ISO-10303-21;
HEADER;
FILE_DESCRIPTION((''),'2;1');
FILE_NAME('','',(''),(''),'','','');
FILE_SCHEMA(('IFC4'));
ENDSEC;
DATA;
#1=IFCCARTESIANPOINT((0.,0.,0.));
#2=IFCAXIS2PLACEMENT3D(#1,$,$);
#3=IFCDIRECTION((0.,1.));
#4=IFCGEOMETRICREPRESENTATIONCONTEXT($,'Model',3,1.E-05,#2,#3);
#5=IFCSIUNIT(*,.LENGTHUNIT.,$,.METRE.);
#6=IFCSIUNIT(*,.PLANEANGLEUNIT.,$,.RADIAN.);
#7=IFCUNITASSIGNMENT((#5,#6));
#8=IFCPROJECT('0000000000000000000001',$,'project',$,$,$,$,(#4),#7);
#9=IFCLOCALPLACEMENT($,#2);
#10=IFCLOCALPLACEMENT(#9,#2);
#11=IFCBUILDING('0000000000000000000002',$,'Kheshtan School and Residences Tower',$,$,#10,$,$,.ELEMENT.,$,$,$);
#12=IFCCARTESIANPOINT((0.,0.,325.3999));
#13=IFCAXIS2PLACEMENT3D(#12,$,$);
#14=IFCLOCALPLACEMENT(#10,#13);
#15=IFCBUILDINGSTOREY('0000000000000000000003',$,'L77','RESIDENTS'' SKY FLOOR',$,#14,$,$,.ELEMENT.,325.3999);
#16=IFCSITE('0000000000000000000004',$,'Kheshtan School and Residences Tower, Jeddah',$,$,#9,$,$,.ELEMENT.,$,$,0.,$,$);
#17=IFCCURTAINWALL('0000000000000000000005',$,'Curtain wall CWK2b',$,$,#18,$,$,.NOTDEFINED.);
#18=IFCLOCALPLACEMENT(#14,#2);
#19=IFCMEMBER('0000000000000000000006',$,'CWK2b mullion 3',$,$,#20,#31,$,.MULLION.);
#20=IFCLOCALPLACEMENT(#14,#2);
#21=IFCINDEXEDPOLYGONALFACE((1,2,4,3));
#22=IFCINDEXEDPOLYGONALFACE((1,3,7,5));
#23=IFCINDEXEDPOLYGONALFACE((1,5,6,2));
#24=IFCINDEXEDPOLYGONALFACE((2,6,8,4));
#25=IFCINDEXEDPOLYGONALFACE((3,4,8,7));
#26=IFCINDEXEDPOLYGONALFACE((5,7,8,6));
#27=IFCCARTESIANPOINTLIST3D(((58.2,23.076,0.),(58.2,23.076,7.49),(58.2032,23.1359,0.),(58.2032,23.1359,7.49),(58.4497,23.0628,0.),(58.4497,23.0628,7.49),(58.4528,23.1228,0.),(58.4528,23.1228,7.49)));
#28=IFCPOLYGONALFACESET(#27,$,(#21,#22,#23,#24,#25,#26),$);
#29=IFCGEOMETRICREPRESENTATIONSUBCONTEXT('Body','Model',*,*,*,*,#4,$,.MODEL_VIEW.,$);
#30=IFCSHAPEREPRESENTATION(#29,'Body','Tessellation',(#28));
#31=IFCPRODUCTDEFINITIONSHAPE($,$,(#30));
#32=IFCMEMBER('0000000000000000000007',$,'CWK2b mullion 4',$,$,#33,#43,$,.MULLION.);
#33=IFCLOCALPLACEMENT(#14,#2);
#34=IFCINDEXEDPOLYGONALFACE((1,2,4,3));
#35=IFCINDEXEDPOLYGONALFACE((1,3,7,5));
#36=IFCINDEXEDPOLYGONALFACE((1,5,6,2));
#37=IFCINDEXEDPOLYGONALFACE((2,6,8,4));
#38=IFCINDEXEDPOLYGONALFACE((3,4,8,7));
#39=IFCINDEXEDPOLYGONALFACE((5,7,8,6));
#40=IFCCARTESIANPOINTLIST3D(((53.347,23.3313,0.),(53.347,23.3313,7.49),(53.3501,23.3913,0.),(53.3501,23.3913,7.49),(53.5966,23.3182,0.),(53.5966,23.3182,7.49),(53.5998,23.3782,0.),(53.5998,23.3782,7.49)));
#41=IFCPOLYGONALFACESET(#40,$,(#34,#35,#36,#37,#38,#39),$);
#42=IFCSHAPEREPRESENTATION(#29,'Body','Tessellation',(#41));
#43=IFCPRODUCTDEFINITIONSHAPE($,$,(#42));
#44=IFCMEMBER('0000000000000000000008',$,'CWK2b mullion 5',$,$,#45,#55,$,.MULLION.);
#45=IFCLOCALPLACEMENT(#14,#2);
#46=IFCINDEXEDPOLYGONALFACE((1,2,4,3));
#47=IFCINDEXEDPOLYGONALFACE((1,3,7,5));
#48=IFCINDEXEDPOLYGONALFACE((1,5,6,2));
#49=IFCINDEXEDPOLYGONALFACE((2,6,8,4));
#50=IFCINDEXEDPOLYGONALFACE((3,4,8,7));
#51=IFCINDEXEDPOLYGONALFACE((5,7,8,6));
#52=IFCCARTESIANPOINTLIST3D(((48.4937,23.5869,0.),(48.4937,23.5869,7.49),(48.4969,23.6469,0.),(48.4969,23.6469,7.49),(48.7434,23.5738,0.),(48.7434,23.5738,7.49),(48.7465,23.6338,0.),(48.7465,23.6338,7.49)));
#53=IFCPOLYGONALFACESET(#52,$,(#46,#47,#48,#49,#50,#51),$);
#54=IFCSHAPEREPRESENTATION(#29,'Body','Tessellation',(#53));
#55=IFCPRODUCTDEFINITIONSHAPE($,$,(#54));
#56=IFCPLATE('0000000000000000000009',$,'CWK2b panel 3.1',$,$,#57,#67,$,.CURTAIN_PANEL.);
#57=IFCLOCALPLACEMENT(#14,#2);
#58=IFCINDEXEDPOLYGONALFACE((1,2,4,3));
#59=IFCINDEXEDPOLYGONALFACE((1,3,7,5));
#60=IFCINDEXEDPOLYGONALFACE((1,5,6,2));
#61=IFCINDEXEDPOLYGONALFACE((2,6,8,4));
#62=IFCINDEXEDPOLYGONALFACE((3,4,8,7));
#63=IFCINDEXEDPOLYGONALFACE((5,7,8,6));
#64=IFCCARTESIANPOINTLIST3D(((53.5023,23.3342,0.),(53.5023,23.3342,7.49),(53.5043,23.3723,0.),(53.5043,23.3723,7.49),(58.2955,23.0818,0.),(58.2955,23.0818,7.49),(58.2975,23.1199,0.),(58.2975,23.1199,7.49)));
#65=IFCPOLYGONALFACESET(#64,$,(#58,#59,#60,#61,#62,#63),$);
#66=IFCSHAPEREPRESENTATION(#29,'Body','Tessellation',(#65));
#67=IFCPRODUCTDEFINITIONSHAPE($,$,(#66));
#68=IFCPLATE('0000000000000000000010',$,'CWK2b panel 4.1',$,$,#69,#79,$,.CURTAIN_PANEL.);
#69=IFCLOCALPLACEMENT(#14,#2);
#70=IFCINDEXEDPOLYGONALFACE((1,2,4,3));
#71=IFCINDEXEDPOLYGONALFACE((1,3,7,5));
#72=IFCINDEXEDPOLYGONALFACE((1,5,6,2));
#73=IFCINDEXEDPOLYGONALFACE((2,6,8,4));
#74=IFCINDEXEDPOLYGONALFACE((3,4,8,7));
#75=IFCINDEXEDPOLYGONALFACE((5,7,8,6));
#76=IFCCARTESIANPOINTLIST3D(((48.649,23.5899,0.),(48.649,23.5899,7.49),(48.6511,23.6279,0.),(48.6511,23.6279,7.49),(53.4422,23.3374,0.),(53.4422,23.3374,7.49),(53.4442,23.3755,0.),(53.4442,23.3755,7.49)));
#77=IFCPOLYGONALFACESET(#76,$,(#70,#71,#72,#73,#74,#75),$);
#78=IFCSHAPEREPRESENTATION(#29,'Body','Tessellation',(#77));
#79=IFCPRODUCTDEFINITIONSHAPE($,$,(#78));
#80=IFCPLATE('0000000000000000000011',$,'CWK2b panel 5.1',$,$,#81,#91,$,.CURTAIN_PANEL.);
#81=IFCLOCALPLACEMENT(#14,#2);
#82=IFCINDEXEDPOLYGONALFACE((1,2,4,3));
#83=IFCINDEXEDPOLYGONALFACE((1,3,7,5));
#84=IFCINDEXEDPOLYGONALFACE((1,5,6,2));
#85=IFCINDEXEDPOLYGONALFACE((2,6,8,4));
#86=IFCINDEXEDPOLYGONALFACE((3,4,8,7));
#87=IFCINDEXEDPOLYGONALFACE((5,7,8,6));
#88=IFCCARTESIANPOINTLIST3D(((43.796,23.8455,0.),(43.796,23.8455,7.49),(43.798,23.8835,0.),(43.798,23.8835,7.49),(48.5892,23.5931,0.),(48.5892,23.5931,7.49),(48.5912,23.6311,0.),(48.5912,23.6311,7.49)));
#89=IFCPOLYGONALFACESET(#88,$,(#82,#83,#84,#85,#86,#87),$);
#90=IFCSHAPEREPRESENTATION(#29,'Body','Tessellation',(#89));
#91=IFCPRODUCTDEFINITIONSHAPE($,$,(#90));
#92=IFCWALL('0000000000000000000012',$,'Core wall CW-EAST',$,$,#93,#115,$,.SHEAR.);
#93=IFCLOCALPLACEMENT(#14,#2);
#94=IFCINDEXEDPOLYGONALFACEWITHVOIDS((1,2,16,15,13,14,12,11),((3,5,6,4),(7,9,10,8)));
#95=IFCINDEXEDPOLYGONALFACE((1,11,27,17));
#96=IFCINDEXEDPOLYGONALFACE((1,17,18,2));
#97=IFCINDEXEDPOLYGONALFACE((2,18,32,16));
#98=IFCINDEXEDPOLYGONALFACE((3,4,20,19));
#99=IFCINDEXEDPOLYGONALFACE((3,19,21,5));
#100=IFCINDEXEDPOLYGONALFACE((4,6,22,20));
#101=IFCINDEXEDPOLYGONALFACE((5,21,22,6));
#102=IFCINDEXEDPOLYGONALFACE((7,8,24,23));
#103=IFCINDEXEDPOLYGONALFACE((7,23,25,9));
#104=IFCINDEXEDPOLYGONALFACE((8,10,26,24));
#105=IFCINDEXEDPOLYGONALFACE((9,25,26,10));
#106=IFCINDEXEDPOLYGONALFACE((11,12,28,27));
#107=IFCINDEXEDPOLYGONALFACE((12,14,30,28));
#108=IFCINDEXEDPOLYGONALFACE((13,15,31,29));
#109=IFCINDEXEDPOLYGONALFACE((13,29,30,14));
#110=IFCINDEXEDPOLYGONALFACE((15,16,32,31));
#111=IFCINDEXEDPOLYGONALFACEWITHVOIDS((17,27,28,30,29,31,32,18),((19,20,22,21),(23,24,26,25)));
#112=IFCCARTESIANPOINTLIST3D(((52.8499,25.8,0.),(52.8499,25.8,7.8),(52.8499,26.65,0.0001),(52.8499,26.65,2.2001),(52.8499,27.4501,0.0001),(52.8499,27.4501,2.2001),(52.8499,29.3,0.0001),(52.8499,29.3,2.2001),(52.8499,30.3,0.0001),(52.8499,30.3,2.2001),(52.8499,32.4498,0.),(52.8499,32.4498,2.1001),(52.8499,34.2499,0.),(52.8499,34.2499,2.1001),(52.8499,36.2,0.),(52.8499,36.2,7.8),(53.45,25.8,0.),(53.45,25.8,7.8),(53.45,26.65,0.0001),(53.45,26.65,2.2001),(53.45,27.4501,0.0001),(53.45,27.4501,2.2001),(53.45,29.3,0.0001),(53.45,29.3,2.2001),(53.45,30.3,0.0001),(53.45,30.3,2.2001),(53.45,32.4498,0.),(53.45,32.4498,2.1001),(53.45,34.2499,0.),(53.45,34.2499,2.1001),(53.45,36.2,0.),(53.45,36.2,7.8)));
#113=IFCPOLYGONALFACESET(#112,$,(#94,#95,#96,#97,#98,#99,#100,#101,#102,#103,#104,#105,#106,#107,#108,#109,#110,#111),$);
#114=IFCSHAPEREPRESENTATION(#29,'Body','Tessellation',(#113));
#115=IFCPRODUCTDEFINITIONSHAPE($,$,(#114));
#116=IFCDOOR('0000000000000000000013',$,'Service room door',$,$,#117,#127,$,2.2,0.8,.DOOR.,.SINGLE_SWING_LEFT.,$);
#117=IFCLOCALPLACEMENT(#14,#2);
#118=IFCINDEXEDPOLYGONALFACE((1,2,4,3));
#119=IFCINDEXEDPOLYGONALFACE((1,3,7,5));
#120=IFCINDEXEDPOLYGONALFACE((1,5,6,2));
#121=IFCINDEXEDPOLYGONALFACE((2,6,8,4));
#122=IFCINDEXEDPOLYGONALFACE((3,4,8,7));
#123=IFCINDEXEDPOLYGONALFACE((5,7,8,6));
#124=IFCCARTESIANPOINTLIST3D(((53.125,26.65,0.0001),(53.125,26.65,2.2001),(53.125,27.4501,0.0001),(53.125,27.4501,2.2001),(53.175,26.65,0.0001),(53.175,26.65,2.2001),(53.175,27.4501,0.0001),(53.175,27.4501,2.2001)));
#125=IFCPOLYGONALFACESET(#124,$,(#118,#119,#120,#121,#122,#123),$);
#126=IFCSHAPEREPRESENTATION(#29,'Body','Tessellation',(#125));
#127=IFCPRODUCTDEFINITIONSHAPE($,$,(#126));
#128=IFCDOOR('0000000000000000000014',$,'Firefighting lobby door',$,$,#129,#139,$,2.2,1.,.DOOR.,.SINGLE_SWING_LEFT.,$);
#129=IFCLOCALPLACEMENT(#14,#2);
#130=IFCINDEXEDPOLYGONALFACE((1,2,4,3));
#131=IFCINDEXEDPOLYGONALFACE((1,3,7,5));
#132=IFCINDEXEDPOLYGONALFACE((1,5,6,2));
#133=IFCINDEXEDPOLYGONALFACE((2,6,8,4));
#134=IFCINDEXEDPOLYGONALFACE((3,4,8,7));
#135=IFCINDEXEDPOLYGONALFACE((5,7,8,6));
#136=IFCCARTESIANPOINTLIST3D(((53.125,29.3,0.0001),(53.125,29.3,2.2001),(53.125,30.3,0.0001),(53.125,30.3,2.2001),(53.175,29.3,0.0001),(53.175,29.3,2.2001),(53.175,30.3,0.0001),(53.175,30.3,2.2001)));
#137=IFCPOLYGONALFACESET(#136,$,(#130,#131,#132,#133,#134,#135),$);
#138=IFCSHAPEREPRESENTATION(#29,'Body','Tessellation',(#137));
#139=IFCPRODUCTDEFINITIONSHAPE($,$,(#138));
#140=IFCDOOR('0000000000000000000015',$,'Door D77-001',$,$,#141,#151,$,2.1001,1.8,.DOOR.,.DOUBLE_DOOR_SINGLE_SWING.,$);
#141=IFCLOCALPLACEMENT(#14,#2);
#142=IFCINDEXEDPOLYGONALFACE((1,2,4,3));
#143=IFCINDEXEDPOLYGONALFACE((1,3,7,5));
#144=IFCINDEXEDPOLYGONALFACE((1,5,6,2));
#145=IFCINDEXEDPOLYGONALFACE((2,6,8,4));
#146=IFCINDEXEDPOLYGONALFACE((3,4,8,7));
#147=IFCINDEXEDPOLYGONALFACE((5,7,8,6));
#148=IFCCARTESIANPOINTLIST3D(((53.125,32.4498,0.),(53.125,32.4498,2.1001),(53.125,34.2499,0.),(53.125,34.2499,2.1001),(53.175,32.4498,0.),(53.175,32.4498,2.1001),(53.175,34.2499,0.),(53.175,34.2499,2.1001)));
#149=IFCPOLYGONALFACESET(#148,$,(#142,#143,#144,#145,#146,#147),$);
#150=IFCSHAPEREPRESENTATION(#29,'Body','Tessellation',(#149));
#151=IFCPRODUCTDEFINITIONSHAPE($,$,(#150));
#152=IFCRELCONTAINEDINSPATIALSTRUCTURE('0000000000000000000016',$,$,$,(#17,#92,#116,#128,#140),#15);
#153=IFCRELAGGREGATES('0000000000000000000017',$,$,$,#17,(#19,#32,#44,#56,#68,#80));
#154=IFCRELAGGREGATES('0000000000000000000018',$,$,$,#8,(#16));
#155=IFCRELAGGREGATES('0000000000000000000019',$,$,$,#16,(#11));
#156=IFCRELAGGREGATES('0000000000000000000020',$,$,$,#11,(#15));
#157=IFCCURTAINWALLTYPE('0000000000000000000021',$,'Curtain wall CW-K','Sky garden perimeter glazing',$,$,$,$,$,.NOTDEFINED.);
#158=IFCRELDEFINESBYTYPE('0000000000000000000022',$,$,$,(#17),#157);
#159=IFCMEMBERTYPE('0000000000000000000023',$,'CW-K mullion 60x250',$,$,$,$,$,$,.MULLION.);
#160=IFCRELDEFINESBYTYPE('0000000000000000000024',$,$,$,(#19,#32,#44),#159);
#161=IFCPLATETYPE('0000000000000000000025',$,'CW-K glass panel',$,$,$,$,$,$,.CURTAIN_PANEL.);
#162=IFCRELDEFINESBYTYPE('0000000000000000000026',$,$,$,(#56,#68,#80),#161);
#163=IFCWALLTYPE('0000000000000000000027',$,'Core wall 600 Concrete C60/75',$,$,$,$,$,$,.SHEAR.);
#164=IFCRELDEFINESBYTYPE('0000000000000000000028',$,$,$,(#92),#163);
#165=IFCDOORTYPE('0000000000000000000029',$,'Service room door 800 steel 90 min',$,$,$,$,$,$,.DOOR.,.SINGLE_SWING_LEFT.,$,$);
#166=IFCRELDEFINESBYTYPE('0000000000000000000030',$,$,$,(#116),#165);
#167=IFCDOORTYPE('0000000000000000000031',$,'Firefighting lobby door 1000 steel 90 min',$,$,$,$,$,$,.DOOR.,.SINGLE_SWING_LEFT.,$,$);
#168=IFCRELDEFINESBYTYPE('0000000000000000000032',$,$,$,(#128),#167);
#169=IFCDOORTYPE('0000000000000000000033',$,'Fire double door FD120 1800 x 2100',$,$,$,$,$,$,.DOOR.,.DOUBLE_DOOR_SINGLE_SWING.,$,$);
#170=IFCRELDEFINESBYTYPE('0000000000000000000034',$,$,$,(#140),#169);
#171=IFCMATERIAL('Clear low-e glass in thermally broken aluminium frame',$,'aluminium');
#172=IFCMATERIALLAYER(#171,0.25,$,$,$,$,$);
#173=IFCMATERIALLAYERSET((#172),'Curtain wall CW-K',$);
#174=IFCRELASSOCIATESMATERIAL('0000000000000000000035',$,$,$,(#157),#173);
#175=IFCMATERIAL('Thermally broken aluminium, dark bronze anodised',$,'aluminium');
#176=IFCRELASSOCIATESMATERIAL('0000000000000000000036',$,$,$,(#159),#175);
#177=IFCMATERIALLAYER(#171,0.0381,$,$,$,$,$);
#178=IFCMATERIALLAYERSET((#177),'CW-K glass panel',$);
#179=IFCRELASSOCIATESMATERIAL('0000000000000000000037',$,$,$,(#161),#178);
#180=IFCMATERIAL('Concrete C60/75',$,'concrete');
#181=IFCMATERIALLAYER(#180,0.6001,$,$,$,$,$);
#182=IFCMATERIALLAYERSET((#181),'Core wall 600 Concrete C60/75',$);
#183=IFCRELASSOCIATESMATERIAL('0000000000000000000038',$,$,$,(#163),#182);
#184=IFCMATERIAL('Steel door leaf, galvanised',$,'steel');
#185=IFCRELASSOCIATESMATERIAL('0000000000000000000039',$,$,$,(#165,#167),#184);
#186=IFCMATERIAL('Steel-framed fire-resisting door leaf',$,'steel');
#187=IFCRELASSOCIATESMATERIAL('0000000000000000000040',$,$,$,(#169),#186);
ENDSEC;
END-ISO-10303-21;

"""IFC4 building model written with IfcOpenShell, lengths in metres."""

from ifc_helpers import new_model, si_unit, direction, frame, frame_2d, origin, origin_2d, place, context, subcontext, project, spatial, rectangle, extrude, source, transform, mapped, material, layer, layer_set, material_profile, profile_set, type_object, element, fill, aggregate, save


model = new_model("IFC4")

# Units and contexts
model_context = context("Model", 3, precision=1e-05, world=origin(), true_north=direction((0.0, 1.0)))
body_context = subcontext(model_context, "Body", "Model", "MODEL_VIEW")
ifc_project = project(units=[si_unit("LENGTHUNIT", "METRE"), si_unit("PLANEANGLEUNIT", "RADIAN")], contexts=[model_context])

# Site, building, storey
site_placement = place(None, origin())
site = spatial("IfcSite", under=ifc_project, at=site_placement, Name="Kheshtan School and Residences Tower, Jeddah", CompositionType="ELEMENT", RefElevation=0.0)
building_placement = place(site_placement, origin())
building = spatial("IfcBuilding", under=site, at=building_placement, Name="Kheshtan School and Residences Tower", CompositionType="ELEMENT")
storey_placement = place(building_placement, frame((0.0, 0.0, 325.3999)))
storey = spatial("IfcBuildingStorey", under=building, at=storey_placement, Name="L77", Description="RESIDENTS' SKY FLOOR", CompositionType="ELEMENT", Elevation=325.3999)

# Curtain wall, members, plates
ifc_material_1 = material(Name="Clear low-e glass in thermally broken aluminium frame", Category="aluminium")
ifc_layer_1 = layer(ifc_material_1, 0.25)
ifc_layer_set_1 = layer_set([ifc_layer_1], Name="Curtain wall CW-K")
curtain_wall_type = type_object("IfcCurtainWallType", Name="Curtain wall CW-K", Description="Sky garden perimeter glazing", PredefinedType="NOTDEFINED", material=ifc_layer_set_1)
curtain_wall_placement = place(storey_placement, origin())
curtain_wall = element("IfcCurtainWall", 1, at=curtain_wall_placement, inside=storey, type_object=curtain_wall_type, Name="Curtain wall CWK2b", PredefinedType="NOTDEFINED")
ifc_material_2 = material(Name="Thermally broken aluminium, dark bronze anodised", Category="aluminium")
ifc_material_profile_1 = material_profile(ifc_material_2, rectangle(XDim=0.0601, YDim=0.25, at=origin_2d()), Name="CW-K mullion 60x250")
ifc_profile_set_1 = profile_set([ifc_material_profile_1], Name="Thermally broken aluminium, dark bronze anodised")
member_type = type_object("IfcMemberType", Name="CW-K mullion 60x250", PredefinedType="MULLION", material=ifc_profile_set_1)
member_1_placement = place(storey_placement, frame((58.3264, 23.0994, 0.0), z_axis=(0.0, 0.0, 1.0), x_axis=(-0.052588, -0.998616, 0.0)))
member_1 = element("IfcMember", 2, at=member_1_placement, type_object=member_type, Name="CWK2b mullion 3", PredefinedType="MULLION", context=body_context, shape_type="SweptSolid", body=[
    extrude(rectangle(XDim=0.0601, YDim=0.25, at=origin_2d()), origin(), (0.0, 0.0, 1.0), 7.49),
])
member_2_placement = place(storey_placement, frame((53.4734, 23.3547, 0.0), z_axis=(0.0, 0.0, 1.0), x_axis=(-0.052588, -0.998616, 0.0)))
member_2 = element("IfcMember", 3, at=member_2_placement, type_object=member_type, Name="CWK2b mullion 4", PredefinedType="MULLION", context=body_context, shape_type="SweptSolid", body=[
    extrude(rectangle(XDim=0.0601, YDim=0.25, at=origin_2d()), origin(), (0.0, 0.0, 1.0), 7.49),
])
member_3_placement = place(storey_placement, frame((48.6201, 23.6104, 0.0), z_axis=(0.0, 0.0, 1.0), x_axis=(-0.052588, -0.998616, 0.0)))
member_3 = element("IfcMember", 4, at=member_3_placement, type_object=member_type, Name="CWK2b mullion 5", PredefinedType="MULLION", context=body_context, shape_type="SweptSolid", body=[
    extrude(rectangle(XDim=0.0601, YDim=0.25, at=origin_2d()), origin(), (0.0, 0.0, 1.0), 7.49),
])
ifc_layer_2 = layer(ifc_material_1, 0.0381)
ifc_layer_set_2 = layer_set([ifc_layer_2], Name="CW-K glass panel")
plate_type = type_object("IfcPlateType", Name="CW-K glass panel", PredefinedType="CURTAIN_PANEL", material=ifc_layer_set_2)
plate_1_placement = place(storey_placement, frame((55.8999, 23.2271, 0.0), z_axis=(0.0, 0.0, 1.0), x_axis=(-0.998616, 0.052588, 0.0)))
plate_1 = element("IfcPlate", 5, at=plate_1_placement, type_object=plate_type, Name="CWK2b panel 3.1", PredefinedType="CURTAIN_PANEL", context=body_context, shape_type="SweptSolid", body=[
    extrude(rectangle(XDim=4.7998, YDim=0.0381, at=origin_2d()), origin(), (0.0, 0.0, 1.0), 7.49),
])
plate_2_placement = place(storey_placement, frame((51.0466, 23.4827, 0.0), z_axis=(0.0, 0.0, 1.0), x_axis=(-0.998616, 0.052588, 0.0)))
plate_2 = element("IfcPlate", 6, at=plate_2_placement, type_object=plate_type, Name="CWK2b panel 4.1", PredefinedType="CURTAIN_PANEL", context=body_context, shape_type="SweptSolid", body=[
    extrude(rectangle(XDim=4.7998, YDim=0.0381, at=origin_2d()), origin(), (0.0, 0.0, 1.0), 7.49),
])
plate_3_placement = place(storey_placement, frame((46.1936, 23.7383, 0.0), z_axis=(0.0, 0.0, 1.0), x_axis=(-0.998616, 0.052588, 0.0)))
plate_3 = element("IfcPlate", 7, at=plate_3_placement, type_object=plate_type, Name="CWK2b panel 5.1", PredefinedType="CURTAIN_PANEL", context=body_context, shape_type="SweptSolid", body=[
    extrude(rectangle(XDim=4.7998, YDim=0.0381, at=origin_2d()), origin(), (0.0, 0.0, 1.0), 7.49),
])
aggregate(curtain_wall, [member_1, member_2, member_3, plate_1, plate_2, plate_3])

# Wall, openings, doors
ifc_material_3 = material(Name="Concrete C60/75", Category="concrete")
ifc_layer_3 = layer(ifc_material_3, 0.6001)
ifc_layer_set_3 = layer_set([ifc_layer_3], Name="Core wall 600 Concrete C60/75")
wall_type_1 = type_object("IfcWallType", Name="Core wall 600 Concrete C60/75", PredefinedType="SHEAR", material=ifc_layer_set_3)
wall_1_placement = place(storey_placement, frame((53.1499, 25.8, 0.0), z_axis=(0.0, 0.0, 1.0), x_axis=(0.0, 1.0, 0.0)))
wall_1 = element("IfcWall", 8, at=wall_1_placement, inside=storey, type_object=wall_type_1, Name="Core wall CW-EAST", PredefinedType="SHEAR", context=body_context, shape_type="SweptSolid", body=[
    extrude(rectangle(XDim=10.3999, YDim=0.6001, at=frame_2d((5.2, 0.0))), origin(), (0.0, 0.0, 1.0), 7.8),
])
opening_1_placement = place(wall_1_placement, frame((0.8501, 0.0, 0.0)))
opening_1 = element("IfcOpeningElement", 9, at=opening_1_placement, cuts=wall_1, PredefinedType="OPENING", context=body_context, shape_type="SweptSolid", body=[
    extrude(rectangle(XDim=0.8, YDim=2.2, at=frame_2d((0.3999, 1.1001))), frame((0.0, 0.3101, 0.0), z_axis=(0.0, -1.0, 0.0), x_axis=(1.0, 0.0, 0.0)), (0.0, 0.0, 1.0), 0.6201),
])
opening_2_placement = place(wall_1_placement, frame((3.5, 0.0, 0.0)))
opening_2 = element("IfcOpeningElement", 10, at=opening_2_placement, cuts=wall_1, PredefinedType="OPENING", context=body_context, shape_type="SweptSolid", body=[
    extrude(rectangle(XDim=1.0, YDim=2.2, at=frame_2d((0.5, 1.1001))), frame((0.0, 0.3101, 0.0), z_axis=(0.0, -1.0, 0.0), x_axis=(1.0, 0.0, 0.0)), (0.0, 0.0, 1.0), 0.6201),
])
opening_3_placement = place(wall_1_placement, frame((6.6499, 0.0, 0.0)))
opening_3 = element("IfcOpeningElement", 11, at=opening_3_placement, cuts=wall_1, PredefinedType="OPENING", context=body_context, shape_type="SweptSolid", body=[
    extrude(rectangle(XDim=1.8, YDim=2.1001, at=frame_2d((0.8999, 1.05))), frame((0.0, 0.3101, 0.0), z_axis=(0.0, -1.0, 0.0), x_axis=(1.0, 0.0, 0.0)), (0.0, 0.0, 1.0), 0.6201),
])
ifc_material_4 = material(Name="Steel door leaf, galvanised", Category="steel")
door_type_1 = type_object("IfcDoorType", Name="Service room door 800 steel 90 min", OperationType="SINGLE_SWING_LEFT", PredefinedType="DOOR", material=ifc_material_4)
shared_shape_1 = source(origin(), body_context, "Body", "SweptSolid", [
    extrude(rectangle(XDim=0.8, YDim=2.2, at=frame_2d((0.3999, 1.1001))), frame((0.0, 0.0249, 0.0), z_axis=(0.0, -1.0, 0.0), x_axis=(1.0, 0.0, 0.0)), (0.0, 0.0, 1.0), 0.05),
])
door_1_placement = place(opening_1_placement, origin())
door_1 = element("IfcDoor", 12, at=door_1_placement, inside=storey, type_object=door_type_1, Name="Service room door", OperationType="SINGLE_SWING_LEFT", OverallHeight=2.2, OverallWidth=0.8, PredefinedType="DOOR", context=body_context, shape_type="MappedRepresentation", body=[
    mapped(shared_shape_1, transform((0.0, 0.0, 0.0), x_axis=(1.0, 0.0, 0.0), y_axis=(0.0, 1.0, 0.0), z_axis=(0.0, 0.0, 1.0), scale=1.0)),
])
fill(opening_1, door_1)
door_type_2 = type_object("IfcDoorType", Name="Firefighting lobby door 1000 steel 90 min", OperationType="SINGLE_SWING_LEFT", PredefinedType="DOOR", material=ifc_material_4)
shared_shape_2 = source(origin(), body_context, "Body", "SweptSolid", [
    extrude(rectangle(XDim=1.0, YDim=2.2, at=frame_2d((0.5, 1.1001))), frame((0.0, 0.0249, 0.0), z_axis=(0.0, -1.0, 0.0), x_axis=(1.0, 0.0, 0.0)), (0.0, 0.0, 1.0), 0.05),
])
door_2_placement = place(opening_2_placement, origin())
door_2 = element("IfcDoor", 13, at=door_2_placement, inside=storey, type_object=door_type_2, Name="Firefighting lobby door", OperationType="SINGLE_SWING_LEFT", OverallHeight=2.2, OverallWidth=1.0, PredefinedType="DOOR", context=body_context, shape_type="MappedRepresentation", body=[
    mapped(shared_shape_2, transform((0.0, 0.0, 0.0), x_axis=(1.0, 0.0, 0.0), y_axis=(0.0, 1.0, 0.0), z_axis=(0.0, 0.0, 1.0), scale=1.0)),
])
fill(opening_2, door_2)
ifc_material_5 = material(Name="Steel-framed fire-resisting door leaf", Category="steel")
door_type_3 = type_object("IfcDoorType", Name="Fire double door FD120 1800 x 2100", OperationType="DOUBLE_DOOR_SINGLE_SWING", PredefinedType="DOOR", material=ifc_material_5)
shared_shape_3 = source(origin(), body_context, "Body", "SweptSolid", [
    extrude(rectangle(XDim=1.8, YDim=2.1001, at=frame_2d((0.8999, 1.05))), frame((0.0, 0.0249, 0.0), z_axis=(0.0, -1.0, 0.0), x_axis=(1.0, 0.0, 0.0)), (0.0, 0.0, 1.0), 0.05),
])
door_3_placement = place(opening_3_placement, origin())
door_3 = element("IfcDoor", 14, at=door_3_placement, inside=storey, type_object=door_type_3, Name="Door D77-001", OperationType="DOUBLE_DOOR_SINGLE_SWING", OverallHeight=2.1001, OverallWidth=1.8, PredefinedType="DOOR", context=body_context, shape_type="MappedRepresentation", body=[
    mapped(shared_shape_3, transform((0.0, 0.0, 0.0), x_axis=(1.0, 0.0, 0.0), y_axis=(0.0, 1.0, 0.0), z_axis=(0.0, 0.0, 1.0), scale=1.0)),
])
fill(opening_3, door_3)

save(model, "model.ifc")
